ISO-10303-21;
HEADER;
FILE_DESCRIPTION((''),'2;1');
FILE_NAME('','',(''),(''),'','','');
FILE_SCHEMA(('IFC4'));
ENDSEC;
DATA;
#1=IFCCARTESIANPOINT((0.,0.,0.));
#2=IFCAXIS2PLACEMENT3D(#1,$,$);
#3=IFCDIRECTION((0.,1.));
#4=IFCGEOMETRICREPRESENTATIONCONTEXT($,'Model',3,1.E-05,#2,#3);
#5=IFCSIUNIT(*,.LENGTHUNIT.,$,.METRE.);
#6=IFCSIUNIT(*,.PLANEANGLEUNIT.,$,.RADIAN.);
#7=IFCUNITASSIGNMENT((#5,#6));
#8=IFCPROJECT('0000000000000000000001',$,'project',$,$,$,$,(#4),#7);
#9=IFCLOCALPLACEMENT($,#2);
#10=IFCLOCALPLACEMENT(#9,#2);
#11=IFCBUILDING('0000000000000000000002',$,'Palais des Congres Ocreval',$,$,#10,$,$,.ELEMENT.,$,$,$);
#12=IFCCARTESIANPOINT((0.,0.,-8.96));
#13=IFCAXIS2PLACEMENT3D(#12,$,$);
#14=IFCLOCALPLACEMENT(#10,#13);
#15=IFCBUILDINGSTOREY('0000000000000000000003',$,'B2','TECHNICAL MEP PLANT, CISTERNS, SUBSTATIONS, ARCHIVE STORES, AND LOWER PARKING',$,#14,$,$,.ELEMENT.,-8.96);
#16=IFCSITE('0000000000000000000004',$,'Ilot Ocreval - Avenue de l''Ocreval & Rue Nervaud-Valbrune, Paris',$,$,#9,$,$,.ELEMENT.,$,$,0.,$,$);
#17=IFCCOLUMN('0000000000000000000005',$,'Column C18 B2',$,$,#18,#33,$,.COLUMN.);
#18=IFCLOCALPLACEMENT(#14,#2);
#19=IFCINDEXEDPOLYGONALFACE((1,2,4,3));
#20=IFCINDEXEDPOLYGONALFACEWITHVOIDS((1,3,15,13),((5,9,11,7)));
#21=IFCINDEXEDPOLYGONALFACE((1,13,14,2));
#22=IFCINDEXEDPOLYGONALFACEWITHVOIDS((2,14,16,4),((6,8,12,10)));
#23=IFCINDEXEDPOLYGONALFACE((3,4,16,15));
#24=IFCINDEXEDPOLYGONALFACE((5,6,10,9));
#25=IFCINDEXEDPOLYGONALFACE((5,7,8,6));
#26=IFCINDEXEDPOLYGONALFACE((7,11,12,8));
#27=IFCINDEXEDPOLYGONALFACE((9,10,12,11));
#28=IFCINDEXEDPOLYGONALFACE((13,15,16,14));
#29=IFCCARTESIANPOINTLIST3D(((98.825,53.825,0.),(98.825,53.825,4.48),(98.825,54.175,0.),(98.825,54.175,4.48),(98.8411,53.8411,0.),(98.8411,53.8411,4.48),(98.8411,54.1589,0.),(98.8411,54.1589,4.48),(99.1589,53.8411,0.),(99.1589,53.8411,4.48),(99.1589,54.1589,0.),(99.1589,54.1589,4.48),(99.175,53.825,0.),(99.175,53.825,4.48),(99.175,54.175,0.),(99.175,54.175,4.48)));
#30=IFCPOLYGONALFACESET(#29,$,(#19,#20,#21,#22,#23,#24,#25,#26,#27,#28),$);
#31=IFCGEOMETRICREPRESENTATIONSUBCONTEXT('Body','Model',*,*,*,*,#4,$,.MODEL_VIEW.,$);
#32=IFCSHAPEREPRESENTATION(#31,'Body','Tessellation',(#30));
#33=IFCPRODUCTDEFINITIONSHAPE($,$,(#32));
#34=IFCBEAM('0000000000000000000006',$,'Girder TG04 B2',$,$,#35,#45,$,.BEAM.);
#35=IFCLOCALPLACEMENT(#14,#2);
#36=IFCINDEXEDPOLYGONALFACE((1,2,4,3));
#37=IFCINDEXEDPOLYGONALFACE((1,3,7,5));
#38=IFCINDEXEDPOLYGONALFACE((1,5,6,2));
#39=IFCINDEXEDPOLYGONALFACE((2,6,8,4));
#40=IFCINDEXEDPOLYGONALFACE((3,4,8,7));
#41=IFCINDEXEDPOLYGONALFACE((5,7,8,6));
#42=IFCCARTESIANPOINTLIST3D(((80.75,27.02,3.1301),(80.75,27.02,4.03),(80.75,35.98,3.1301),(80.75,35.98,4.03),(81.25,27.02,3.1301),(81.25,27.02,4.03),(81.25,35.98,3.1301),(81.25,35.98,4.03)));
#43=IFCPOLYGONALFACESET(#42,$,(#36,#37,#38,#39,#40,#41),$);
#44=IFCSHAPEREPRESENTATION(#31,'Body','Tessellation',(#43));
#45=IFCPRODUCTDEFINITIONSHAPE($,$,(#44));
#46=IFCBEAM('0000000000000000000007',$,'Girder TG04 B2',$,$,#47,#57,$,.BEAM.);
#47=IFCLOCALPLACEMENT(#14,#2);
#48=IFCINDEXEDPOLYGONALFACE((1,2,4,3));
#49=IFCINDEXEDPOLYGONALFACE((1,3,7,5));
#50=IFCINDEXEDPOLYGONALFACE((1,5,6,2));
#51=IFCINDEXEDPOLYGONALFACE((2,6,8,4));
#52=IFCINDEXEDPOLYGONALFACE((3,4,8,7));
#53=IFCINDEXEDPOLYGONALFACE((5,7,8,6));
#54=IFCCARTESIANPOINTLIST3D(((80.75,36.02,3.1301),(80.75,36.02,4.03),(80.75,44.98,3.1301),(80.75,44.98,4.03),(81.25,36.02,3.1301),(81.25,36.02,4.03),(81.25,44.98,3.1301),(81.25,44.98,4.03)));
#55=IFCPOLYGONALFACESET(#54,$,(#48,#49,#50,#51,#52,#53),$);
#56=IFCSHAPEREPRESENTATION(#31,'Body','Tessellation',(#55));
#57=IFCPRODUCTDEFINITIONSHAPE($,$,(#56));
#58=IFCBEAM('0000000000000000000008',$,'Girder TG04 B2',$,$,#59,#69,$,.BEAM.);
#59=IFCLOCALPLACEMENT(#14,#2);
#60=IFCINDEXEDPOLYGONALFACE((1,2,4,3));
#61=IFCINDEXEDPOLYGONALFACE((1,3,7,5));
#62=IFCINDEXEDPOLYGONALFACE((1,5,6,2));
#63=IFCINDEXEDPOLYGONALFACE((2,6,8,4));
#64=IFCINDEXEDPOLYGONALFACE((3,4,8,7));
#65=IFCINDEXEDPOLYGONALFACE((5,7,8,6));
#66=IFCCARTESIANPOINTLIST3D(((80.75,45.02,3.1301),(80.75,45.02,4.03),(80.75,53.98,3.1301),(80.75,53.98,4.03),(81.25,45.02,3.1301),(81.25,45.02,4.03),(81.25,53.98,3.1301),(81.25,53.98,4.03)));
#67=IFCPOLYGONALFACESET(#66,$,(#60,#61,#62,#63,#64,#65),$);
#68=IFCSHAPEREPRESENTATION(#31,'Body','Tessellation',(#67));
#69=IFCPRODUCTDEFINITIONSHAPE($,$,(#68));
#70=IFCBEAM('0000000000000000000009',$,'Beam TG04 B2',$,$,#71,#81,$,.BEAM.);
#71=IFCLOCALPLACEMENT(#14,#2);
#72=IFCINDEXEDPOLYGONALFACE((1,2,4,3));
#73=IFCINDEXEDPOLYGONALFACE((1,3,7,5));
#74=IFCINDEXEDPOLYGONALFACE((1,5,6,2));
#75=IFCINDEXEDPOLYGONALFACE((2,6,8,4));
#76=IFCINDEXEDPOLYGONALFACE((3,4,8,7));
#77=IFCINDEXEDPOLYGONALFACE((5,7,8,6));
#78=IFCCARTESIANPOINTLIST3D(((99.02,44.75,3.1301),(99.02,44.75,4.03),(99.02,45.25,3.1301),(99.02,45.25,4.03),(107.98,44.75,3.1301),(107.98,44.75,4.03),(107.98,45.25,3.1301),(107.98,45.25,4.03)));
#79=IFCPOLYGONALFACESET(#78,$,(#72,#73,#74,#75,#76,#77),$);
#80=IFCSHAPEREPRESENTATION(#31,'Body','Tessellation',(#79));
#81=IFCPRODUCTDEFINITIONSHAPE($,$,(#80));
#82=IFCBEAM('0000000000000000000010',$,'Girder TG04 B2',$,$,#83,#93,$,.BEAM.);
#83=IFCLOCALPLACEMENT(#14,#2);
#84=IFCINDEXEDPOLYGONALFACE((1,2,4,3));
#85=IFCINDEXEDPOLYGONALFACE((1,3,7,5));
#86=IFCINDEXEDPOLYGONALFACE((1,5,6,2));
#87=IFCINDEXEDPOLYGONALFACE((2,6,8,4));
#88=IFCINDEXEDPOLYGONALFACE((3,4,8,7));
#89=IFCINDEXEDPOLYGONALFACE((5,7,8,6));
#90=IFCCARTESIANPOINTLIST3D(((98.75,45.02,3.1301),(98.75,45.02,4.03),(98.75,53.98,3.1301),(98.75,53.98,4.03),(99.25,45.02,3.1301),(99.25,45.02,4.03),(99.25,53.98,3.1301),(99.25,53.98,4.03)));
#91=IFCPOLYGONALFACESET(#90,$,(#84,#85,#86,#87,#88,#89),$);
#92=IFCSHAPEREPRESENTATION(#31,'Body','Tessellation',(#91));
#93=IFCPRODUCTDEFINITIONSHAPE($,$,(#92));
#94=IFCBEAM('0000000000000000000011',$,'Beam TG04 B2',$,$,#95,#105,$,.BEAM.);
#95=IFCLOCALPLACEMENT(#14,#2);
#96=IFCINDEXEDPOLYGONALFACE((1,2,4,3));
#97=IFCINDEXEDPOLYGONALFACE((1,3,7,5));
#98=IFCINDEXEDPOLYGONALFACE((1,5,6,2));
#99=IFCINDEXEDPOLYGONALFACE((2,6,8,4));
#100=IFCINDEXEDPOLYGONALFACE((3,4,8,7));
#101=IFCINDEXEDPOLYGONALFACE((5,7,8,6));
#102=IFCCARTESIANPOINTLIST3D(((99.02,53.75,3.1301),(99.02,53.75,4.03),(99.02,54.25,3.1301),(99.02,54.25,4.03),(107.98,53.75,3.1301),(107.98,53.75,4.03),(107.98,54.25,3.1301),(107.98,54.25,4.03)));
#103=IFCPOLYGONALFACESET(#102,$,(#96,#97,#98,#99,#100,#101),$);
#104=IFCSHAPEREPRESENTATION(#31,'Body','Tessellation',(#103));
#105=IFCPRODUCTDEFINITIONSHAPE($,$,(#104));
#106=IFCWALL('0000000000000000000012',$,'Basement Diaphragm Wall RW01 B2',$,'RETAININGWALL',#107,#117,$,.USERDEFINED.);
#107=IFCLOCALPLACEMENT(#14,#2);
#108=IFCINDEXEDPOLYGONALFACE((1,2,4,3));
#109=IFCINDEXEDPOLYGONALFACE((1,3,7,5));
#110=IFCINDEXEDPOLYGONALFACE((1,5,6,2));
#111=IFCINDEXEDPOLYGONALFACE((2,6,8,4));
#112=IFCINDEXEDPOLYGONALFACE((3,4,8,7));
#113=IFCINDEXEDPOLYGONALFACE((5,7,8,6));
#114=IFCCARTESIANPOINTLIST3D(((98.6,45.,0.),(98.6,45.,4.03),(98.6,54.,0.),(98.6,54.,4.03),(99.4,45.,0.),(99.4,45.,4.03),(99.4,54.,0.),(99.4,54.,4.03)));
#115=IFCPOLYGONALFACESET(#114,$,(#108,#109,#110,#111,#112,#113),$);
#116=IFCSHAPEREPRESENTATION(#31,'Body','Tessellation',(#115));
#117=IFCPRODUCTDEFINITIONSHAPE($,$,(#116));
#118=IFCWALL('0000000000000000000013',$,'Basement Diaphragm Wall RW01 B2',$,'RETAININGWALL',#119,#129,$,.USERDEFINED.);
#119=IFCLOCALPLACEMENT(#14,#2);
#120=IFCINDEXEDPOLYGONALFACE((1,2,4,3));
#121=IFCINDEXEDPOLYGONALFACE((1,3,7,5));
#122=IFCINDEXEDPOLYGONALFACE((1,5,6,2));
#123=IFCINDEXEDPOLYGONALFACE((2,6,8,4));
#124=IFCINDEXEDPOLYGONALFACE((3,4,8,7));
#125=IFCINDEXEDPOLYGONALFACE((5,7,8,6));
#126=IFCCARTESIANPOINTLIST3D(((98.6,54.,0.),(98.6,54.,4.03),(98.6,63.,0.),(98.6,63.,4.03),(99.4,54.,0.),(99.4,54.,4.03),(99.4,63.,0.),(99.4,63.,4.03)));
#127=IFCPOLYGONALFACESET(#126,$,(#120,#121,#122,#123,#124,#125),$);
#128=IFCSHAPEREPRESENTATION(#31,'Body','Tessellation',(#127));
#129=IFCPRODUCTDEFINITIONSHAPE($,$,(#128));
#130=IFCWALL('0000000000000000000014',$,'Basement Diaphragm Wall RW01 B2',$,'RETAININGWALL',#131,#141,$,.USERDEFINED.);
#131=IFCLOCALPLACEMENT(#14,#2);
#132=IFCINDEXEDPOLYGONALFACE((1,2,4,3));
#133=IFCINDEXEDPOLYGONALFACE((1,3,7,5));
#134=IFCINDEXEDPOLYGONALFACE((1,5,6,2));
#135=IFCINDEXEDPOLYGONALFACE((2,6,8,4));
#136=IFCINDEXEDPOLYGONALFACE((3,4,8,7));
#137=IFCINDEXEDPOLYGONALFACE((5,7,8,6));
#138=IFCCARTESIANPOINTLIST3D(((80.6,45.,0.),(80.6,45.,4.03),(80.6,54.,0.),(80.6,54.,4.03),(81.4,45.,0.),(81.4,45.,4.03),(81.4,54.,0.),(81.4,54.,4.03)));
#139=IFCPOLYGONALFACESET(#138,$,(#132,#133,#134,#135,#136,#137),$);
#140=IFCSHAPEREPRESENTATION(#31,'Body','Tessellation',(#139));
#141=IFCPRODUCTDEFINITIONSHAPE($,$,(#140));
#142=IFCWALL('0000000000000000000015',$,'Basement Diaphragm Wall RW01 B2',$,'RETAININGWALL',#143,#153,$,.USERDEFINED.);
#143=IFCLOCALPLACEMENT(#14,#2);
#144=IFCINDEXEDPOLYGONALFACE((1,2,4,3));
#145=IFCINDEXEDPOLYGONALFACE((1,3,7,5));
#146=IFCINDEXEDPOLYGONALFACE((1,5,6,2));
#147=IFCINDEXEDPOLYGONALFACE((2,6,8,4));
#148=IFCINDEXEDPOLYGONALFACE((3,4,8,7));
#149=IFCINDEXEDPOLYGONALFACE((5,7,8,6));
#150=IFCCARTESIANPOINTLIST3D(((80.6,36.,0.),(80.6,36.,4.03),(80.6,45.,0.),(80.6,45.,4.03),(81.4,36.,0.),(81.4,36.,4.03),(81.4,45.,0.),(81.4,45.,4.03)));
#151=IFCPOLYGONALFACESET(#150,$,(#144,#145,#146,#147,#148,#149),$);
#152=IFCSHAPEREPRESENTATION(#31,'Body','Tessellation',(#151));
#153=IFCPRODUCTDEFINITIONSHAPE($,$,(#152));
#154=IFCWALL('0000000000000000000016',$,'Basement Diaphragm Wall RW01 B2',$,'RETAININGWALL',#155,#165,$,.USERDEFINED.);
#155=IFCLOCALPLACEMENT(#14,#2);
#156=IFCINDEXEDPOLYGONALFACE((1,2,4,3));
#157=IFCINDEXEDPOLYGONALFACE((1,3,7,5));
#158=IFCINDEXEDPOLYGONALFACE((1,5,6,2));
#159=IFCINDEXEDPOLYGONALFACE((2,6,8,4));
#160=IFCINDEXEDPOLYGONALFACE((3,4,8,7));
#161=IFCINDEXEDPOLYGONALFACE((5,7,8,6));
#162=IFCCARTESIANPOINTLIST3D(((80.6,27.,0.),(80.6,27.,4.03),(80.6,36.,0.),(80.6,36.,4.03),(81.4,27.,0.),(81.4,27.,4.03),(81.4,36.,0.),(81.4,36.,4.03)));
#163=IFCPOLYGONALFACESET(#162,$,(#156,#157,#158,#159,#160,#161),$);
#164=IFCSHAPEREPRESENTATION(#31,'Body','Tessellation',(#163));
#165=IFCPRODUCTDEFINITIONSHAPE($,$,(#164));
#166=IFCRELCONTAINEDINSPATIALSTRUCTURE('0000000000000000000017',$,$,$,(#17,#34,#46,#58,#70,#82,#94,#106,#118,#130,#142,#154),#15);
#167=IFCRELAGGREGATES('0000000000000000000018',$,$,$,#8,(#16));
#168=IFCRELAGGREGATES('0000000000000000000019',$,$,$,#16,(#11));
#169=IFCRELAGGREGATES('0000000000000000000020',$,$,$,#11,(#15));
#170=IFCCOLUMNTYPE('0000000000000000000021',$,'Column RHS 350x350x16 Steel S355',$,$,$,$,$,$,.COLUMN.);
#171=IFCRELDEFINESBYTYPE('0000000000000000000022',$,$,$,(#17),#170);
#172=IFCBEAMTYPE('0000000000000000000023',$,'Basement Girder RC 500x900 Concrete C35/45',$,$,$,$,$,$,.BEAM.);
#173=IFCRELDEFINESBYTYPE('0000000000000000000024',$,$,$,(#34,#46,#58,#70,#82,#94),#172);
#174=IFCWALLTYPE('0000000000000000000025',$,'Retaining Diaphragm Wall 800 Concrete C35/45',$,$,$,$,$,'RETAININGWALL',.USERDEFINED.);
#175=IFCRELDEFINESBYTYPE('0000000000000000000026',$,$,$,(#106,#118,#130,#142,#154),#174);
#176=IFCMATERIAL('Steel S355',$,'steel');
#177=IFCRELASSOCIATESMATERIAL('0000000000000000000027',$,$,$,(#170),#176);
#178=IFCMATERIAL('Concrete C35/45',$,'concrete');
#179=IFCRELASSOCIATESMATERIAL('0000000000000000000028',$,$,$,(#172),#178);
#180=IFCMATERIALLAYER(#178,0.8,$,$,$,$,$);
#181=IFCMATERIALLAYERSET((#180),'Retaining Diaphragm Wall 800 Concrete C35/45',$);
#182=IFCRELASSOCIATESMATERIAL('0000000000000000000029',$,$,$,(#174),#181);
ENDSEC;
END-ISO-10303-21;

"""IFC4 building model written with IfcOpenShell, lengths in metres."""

from ifc_helpers import new_model, si_unit, direction, frame, frame_2d, origin, origin_2d, place, context, subcontext, project, spatial, rectangle, hollow_rectangle, extrude, material, layer, layer_set, material_profile, profile_set, type_object, element, save


model = new_model("IFC4")

# Units and contexts
model_context = context("Model", 3, precision=1e-05, world=origin(), true_north=direction((0.0, 1.0)))
body_context = subcontext(model_context, "Body", "Model", "MODEL_VIEW")
ifc_project = project(units=[si_unit("LENGTHUNIT", "METRE"), si_unit("PLANEANGLEUNIT", "RADIAN")], contexts=[model_context])

# Site, building, storey
site_placement = place(None, origin())
site = spatial("IfcSite", under=ifc_project, at=site_placement, Name="Ilot Ocreval - Avenue de l'Ocreval & Rue Nervaud-Valbrune, Paris", CompositionType="ELEMENT", RefElevation=0.0)
building_placement = place(site_placement, origin())
building = spatial("IfcBuilding", under=site, at=building_placement, Name="Palais des Congres Ocreval", CompositionType="ELEMENT")
storey_placement = place(building_placement, frame((0.0, 0.0, -8.96)))
storey = spatial("IfcBuildingStorey", under=building, at=storey_placement, Name="B2", Description="TECHNICAL MEP PLANT, CISTERNS, SUBSTATIONS, ARCHIVE STORES, AND LOWER PARKING", CompositionType="ELEMENT", Elevation=-8.96)

# Shared definitions
ifc_material_1 = material(Name="Concrete C35/45", Category="concrete")

# Column
ifc_material_2 = material(Name="Steel S355", Category="steel")
ifc_material_profile_1 = material_profile(ifc_material_2, hollow_rectangle(XDim=0.3501, YDim=0.3501, WallThickness=0.0161, at=origin_2d()), Name="RHS 350x350x16")
ifc_profile_set_1 = profile_set([ifc_material_profile_1], Name="Steel S355")
column_type = type_object("IfcColumnType", Name="Column RHS 350x350x16 Steel S355", PredefinedType="COLUMN", material=ifc_profile_set_1)
for number, where, z_axis, x_axis, name in (
    (1, (99.0, 54.0, 0.0), (0.0, 0.0, 1.0), (1.0, 0.0, 0.0), "Column C18 B2"),
):
    element("IfcColumn", number, at=place(storey_placement, frame(where, z_axis=z_axis, x_axis=x_axis)), inside=storey, type_object=column_type, Name=name, PredefinedType="COLUMN", context=body_context, shape_type="SweptSolid", body=[
        extrude(hollow_rectangle(XDim=0.3501, YDim=0.3501, WallThickness=0.0161, at=origin_2d()), origin(), (0.0, 0.0, 1.0), 4.48),
    ])

# Beams
ifc_material_profile_2 = material_profile(ifc_material_1, rectangle(XDim=0.5, YDim=0.8999, at=origin_2d()), Name="RC 500x900")
ifc_profile_set_2 = profile_set([ifc_material_profile_2], Name="Concrete C35/45")
beam_type = type_object("IfcBeamType", Name="Basement Girder RC 500x900 Concrete C35/45", PredefinedType="BEAM", material=ifc_profile_set_2)
for number, where, z_axis, x_axis, name in (
    (2, (81.0, 27.02, 3.5801), (0.0, 1.0, 0.0), (-1.0, 0.0, 0.0), "Girder TG04 B2"),
    (3, (81.0, 36.02, 3.5801), (0.0, 1.0, 0.0), (-1.0, 0.0, 0.0), "Girder TG04 B2"),
    (4, (81.0, 45.02, 3.5801), (0.0, 1.0, 0.0), (-1.0, 0.0, 0.0), "Girder TG04 B2"),
    (5, (99.02, 45.0, 3.5801), (1.0, 0.0, 0.0), (0.0, 1.0, 0.0), "Beam TG04 B2"),
    (6, (99.0, 45.02, 3.5801), (0.0, 1.0, 0.0), (-1.0, 0.0, 0.0), "Girder TG04 B2"),
    (7, (99.02, 54.0, 3.5801), (1.0, 0.0, 0.0), (0.0, 1.0, 0.0), "Beam TG04 B2"),
):
    element("IfcBeam", number, at=place(storey_placement, frame(where, z_axis=z_axis, x_axis=x_axis)), inside=storey, type_object=beam_type, Name=name, PredefinedType="BEAM", context=body_context, shape_type="SweptSolid", body=[
        extrude(rectangle(XDim=0.5, YDim=0.8999, at=origin_2d()), origin(), (0.0, 0.0, 1.0), 8.96),
    ])

# Walls
ifc_layer = layer(ifc_material_1, 0.8)
ifc_layer_set = layer_set([ifc_layer], Name="Retaining Diaphragm Wall 800 Concrete C35/45")
wall_type = type_object("IfcWallType", Name="Retaining Diaphragm Wall 800 Concrete C35/45", ElementType="RETAININGWALL", PredefinedType="USERDEFINED", material=ifc_layer_set)
for number, where, z_axis, x_axis, name in (
    (8, (99.0, 45.0, 0.0), (0.0, 0.0, 1.0), (0.0, 1.0, 0.0), "Basement Diaphragm Wall RW01 B2"),
    (9, (99.0, 54.0, 0.0), (0.0, 0.0, 1.0), (0.0, 1.0, 0.0), "Basement Diaphragm Wall RW01 B2"),
    (10, (81.0, 54.0, 0.0), (0.0, 0.0, 1.0), (0.0, -1.0, 0.0), "Basement Diaphragm Wall RW01 B2"),
    (11, (81.0, 45.0, 0.0), (0.0, 0.0, 1.0), (0.0, -1.0, 0.0), "Basement Diaphragm Wall RW01 B2"),
    (12, (81.0, 36.0, 0.0), (0.0, 0.0, 1.0), (0.0, -1.0, 0.0), "Basement Diaphragm Wall RW01 B2"),
):
    element("IfcWall", number, at=place(storey_placement, frame(where, z_axis=z_axis, x_axis=x_axis)), inside=storey, type_object=wall_type, Name=name, ObjectType="RETAININGWALL", PredefinedType="USERDEFINED", context=body_context, shape_type="SweptSolid", body=[
        extrude(rectangle(XDim=9.0, YDim=0.8, at=frame_2d((4.5, 0.0))), origin(), (0.0, 0.0, 1.0), 4.03),
    ])

save(model, "model.ifc")
